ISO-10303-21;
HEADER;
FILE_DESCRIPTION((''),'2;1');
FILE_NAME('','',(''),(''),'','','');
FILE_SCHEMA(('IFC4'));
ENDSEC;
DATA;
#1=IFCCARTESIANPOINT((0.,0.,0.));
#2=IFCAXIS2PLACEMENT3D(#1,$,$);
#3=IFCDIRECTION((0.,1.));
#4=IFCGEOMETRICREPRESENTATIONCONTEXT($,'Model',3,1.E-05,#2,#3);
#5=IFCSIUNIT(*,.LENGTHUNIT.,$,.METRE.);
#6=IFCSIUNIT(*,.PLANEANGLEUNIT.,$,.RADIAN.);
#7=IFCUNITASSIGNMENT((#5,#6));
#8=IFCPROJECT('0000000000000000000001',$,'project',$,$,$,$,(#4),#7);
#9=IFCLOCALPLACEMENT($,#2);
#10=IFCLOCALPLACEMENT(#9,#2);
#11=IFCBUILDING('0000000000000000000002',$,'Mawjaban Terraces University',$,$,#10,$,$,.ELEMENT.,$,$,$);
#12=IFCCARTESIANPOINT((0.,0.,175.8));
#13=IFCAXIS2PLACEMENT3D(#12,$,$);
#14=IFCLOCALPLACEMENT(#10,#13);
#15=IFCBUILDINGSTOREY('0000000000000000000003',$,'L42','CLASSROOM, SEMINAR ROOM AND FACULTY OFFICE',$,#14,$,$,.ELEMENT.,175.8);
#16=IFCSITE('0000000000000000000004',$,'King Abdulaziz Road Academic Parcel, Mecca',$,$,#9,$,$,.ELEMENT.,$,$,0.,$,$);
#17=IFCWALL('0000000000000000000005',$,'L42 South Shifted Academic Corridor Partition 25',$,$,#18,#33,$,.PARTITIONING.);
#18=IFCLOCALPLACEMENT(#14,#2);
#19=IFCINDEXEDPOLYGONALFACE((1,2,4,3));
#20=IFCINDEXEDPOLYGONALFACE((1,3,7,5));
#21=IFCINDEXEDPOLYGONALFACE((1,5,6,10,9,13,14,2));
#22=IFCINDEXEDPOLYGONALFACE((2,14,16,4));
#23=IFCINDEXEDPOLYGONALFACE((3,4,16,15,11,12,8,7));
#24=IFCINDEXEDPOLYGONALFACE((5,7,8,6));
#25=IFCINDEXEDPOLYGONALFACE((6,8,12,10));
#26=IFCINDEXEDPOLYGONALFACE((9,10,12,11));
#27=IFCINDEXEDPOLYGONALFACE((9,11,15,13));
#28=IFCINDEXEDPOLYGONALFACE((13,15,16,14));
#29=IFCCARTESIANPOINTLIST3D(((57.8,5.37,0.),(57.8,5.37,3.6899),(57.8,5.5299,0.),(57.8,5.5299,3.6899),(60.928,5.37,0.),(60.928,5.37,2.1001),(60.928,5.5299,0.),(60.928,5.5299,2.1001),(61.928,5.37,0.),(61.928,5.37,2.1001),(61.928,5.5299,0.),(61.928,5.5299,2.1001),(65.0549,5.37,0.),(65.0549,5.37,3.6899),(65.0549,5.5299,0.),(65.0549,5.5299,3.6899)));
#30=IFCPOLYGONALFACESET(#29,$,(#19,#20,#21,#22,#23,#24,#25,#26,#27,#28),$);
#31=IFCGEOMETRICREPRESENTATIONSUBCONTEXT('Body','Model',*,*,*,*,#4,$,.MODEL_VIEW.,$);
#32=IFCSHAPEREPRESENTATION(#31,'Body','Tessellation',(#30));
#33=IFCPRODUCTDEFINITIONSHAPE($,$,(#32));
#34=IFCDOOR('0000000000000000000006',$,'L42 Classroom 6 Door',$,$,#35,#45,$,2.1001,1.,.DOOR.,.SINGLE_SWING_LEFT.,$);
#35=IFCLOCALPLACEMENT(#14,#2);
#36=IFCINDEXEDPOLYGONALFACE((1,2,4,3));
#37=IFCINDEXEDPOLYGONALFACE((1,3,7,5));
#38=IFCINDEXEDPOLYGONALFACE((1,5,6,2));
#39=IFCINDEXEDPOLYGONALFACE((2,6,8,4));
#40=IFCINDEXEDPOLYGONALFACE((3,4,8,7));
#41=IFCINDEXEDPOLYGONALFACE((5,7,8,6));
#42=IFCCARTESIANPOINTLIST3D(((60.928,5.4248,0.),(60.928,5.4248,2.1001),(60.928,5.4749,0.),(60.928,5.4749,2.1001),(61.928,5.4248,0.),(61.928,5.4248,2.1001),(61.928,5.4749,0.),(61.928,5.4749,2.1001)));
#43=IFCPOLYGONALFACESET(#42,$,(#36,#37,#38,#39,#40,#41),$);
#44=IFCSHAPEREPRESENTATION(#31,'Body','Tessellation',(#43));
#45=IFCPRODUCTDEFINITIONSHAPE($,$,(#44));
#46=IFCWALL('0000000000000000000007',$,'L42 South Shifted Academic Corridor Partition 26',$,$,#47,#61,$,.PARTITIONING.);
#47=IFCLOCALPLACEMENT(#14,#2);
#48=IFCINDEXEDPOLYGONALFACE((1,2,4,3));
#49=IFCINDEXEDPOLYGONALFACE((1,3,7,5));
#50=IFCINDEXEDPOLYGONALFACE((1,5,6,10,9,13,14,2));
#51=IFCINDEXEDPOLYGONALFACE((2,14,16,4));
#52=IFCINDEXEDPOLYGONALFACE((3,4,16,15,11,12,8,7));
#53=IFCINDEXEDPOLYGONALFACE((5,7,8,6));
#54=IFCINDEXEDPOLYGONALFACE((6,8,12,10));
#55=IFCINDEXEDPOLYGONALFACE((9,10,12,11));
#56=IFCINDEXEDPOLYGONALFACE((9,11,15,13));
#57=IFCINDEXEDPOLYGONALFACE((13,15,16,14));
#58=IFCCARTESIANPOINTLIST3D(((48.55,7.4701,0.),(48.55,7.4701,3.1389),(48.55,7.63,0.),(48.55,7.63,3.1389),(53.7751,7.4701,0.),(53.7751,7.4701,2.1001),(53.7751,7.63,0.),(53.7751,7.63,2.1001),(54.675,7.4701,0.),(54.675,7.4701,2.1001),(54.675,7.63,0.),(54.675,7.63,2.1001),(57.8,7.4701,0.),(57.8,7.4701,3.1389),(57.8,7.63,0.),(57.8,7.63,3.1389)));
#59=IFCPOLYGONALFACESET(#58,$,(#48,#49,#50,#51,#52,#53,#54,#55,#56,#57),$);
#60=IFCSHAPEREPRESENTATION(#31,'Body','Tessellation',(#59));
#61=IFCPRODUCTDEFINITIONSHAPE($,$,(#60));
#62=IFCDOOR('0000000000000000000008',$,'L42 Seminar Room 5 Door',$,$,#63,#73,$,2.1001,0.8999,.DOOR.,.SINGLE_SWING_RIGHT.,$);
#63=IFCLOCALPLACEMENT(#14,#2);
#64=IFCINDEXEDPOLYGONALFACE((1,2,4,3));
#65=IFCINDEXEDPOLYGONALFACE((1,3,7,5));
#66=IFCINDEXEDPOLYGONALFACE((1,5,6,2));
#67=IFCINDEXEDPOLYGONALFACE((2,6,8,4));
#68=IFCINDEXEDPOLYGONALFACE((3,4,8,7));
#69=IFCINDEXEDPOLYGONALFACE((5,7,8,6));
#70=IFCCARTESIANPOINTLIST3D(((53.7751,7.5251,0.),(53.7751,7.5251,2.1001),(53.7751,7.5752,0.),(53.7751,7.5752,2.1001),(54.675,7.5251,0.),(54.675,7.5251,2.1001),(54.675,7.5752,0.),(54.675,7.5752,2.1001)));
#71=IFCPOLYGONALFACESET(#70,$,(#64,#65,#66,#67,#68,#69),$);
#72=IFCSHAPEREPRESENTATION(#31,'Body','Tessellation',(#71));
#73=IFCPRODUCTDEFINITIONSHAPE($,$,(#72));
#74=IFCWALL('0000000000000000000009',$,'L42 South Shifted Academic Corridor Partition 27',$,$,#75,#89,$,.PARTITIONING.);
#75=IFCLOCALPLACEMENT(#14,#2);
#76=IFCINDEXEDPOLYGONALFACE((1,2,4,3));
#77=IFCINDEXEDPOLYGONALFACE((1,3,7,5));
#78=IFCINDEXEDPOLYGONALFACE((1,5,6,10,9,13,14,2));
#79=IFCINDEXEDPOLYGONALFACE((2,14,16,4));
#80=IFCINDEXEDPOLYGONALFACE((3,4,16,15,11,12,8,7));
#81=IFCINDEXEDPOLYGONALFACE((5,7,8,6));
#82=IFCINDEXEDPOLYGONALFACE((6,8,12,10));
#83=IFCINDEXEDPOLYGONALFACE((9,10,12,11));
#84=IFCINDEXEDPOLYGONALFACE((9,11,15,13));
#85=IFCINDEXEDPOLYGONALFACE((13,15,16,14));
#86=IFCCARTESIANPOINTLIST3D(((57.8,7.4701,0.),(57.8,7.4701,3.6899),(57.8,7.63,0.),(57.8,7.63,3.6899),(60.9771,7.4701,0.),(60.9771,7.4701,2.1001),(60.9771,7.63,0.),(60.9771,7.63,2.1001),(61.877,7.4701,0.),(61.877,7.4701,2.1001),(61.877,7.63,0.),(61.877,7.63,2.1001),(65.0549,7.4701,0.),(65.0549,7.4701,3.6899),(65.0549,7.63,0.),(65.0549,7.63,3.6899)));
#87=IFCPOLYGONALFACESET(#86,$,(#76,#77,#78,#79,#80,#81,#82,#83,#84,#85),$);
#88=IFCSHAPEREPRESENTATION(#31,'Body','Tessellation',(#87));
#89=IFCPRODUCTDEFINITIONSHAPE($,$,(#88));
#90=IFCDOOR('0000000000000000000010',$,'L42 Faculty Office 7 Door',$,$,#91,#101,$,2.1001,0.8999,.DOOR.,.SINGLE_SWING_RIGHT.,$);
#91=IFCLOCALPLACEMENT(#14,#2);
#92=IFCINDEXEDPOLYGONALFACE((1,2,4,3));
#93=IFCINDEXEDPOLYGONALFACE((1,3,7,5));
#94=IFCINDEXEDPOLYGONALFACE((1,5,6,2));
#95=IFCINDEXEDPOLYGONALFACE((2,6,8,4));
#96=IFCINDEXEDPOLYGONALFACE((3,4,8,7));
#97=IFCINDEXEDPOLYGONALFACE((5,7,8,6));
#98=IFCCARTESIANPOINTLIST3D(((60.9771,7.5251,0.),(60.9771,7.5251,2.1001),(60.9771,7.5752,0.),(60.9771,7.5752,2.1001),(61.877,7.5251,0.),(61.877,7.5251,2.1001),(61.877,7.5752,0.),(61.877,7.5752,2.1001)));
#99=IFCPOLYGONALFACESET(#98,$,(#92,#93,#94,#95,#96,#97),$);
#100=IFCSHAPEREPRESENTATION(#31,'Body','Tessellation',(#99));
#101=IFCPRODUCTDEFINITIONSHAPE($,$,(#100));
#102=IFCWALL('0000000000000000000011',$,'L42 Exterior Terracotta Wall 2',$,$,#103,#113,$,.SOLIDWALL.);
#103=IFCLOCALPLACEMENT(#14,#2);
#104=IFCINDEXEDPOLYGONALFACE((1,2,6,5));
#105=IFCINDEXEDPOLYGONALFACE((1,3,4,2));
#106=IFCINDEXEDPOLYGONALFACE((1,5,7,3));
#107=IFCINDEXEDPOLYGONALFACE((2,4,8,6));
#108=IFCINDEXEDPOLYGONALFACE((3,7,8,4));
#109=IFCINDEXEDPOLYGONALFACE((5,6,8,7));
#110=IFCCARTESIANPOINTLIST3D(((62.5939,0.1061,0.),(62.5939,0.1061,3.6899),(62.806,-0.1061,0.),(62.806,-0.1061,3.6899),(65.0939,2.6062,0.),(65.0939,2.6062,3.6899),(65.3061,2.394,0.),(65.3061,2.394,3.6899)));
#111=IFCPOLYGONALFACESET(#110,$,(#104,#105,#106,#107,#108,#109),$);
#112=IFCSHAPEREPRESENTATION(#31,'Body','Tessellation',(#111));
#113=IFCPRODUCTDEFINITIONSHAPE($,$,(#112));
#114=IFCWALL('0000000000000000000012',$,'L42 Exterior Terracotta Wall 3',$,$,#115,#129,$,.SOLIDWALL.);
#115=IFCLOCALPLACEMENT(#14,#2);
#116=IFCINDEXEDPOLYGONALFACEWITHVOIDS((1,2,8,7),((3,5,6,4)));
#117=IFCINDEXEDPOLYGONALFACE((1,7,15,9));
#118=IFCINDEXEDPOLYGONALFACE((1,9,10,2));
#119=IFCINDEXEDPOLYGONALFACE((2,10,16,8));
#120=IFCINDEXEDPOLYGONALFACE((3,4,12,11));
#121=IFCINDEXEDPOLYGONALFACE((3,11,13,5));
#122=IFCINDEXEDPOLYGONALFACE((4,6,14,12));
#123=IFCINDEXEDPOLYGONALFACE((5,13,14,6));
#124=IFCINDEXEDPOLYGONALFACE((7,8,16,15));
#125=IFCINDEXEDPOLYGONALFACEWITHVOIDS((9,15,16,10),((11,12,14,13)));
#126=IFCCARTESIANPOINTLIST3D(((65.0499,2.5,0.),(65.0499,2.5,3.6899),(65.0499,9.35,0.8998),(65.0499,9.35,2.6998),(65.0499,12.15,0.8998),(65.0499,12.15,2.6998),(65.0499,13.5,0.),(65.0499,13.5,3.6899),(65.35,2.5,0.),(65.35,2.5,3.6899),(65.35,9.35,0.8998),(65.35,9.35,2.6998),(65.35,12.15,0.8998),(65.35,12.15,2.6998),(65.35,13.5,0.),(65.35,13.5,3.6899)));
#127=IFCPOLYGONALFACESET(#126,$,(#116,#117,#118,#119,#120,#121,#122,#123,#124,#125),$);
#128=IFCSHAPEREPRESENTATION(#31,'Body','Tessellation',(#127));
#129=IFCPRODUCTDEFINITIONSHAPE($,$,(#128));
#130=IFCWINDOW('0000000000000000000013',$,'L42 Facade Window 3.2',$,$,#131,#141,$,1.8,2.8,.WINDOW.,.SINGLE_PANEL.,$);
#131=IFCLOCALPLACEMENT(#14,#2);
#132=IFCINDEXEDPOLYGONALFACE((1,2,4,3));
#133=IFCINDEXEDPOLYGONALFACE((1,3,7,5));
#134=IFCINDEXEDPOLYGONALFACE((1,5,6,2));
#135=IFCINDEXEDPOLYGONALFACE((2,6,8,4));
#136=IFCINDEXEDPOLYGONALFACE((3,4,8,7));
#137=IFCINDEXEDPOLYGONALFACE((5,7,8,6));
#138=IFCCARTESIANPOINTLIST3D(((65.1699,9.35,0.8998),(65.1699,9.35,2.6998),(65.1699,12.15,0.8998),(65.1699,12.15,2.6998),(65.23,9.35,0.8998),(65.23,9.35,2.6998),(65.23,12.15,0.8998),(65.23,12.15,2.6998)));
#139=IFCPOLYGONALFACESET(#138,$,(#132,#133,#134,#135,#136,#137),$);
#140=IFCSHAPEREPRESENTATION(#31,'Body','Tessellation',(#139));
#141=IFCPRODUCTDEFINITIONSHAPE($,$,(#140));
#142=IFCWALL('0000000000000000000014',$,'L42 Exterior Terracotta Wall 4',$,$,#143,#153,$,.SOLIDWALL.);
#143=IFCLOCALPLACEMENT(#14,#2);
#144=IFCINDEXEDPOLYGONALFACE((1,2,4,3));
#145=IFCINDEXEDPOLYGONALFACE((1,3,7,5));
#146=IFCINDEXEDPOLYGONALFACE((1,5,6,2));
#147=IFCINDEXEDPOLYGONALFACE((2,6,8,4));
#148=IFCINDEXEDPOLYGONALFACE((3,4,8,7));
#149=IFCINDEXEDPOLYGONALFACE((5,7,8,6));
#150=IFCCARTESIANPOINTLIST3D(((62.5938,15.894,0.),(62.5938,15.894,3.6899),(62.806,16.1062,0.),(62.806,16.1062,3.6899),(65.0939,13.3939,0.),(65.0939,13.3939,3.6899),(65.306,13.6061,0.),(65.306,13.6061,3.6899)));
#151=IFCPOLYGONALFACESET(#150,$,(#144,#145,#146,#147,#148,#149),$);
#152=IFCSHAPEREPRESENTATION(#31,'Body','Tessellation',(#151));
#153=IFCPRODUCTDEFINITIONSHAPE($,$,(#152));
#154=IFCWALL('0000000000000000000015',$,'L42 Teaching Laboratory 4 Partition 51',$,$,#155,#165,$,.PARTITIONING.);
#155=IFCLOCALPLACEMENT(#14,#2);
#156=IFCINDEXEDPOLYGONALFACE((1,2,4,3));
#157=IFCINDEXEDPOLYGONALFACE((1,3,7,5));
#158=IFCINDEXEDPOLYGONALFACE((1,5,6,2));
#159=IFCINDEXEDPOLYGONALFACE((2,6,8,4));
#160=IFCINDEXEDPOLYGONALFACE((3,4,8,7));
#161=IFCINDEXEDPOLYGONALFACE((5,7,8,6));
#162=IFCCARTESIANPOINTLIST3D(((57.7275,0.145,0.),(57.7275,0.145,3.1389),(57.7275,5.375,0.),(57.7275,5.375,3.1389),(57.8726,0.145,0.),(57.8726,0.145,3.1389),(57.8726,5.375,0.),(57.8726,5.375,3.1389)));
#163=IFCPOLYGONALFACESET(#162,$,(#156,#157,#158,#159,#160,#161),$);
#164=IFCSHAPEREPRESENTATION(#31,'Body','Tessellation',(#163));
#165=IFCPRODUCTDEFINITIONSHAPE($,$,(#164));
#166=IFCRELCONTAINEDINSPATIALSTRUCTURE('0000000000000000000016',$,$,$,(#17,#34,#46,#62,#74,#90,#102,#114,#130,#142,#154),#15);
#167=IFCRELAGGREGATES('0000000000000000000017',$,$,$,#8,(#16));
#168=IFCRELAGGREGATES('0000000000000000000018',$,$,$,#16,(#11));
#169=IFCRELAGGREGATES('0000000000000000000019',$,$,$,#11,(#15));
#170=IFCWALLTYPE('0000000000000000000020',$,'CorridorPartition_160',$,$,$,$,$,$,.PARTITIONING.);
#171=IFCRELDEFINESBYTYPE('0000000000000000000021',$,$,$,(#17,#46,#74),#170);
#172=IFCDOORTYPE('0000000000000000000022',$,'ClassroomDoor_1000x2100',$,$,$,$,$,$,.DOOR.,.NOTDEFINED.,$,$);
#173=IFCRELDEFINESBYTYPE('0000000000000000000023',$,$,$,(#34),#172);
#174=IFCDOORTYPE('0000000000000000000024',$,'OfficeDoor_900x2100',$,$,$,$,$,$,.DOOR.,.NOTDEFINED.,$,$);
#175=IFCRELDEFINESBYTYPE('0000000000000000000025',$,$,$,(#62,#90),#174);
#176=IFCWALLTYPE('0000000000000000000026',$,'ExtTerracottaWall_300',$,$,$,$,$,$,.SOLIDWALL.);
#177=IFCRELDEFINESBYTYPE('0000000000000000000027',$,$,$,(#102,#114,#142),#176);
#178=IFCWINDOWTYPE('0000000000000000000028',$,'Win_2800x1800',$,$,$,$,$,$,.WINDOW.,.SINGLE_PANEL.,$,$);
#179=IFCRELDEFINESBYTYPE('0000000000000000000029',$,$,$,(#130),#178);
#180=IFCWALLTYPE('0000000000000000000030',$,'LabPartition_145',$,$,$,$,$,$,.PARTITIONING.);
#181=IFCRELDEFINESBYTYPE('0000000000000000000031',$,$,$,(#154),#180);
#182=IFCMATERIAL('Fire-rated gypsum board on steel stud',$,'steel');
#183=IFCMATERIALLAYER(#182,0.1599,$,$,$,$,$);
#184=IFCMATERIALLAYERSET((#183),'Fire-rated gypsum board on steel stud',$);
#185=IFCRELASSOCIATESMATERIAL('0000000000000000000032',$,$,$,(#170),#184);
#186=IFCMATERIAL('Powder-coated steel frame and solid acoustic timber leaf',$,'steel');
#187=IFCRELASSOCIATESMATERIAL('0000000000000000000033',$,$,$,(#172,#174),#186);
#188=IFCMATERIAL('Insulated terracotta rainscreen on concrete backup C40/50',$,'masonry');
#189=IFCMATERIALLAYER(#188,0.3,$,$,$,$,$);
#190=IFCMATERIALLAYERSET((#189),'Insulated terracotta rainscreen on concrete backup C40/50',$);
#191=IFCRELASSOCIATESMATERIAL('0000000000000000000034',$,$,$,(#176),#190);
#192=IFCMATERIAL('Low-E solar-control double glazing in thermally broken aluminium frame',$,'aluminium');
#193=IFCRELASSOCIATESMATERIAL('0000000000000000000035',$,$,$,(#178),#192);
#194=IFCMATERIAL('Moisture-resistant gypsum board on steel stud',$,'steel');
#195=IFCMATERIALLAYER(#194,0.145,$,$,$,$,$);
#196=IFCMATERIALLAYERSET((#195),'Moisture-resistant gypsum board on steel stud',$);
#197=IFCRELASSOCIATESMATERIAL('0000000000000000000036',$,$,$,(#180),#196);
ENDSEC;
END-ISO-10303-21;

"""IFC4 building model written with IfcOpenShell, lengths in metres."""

from ifc_helpers import new_model, si_unit, direction, frame, frame_2d, origin, place, context, subcontext, project, spatial, rectangle, extrude, material, layer, layer_set, type_object, element, fill, save


model = new_model("IFC4")

# Units and contexts
model_context = context("Model", 3, precision=1e-05, world=origin(), true_north=direction((0.0, 1.0)))
body_context = subcontext(model_context, "Body", "Model", "MODEL_VIEW")
ifc_project = project(units=[si_unit("LENGTHUNIT", "METRE"), si_unit("PLANEANGLEUNIT", "RADIAN")], contexts=[model_context])

# Site, building, storey
site_placement = place(None, origin())
site = spatial("IfcSite", under=ifc_project, at=site_placement, Name="King Abdulaziz Road Academic Parcel, Mecca", CompositionType="ELEMENT", RefElevation=0.0)
building_placement = place(site_placement, origin())
building = spatial("IfcBuilding", under=site, at=building_placement, Name="Mawjaban Terraces University", CompositionType="ELEMENT")
storey_placement = place(building_placement, frame((0.0, 0.0, 175.8)))
storey = spatial("IfcBuildingStorey", under=building, at=storey_placement, Name="L42", Description="CLASSROOM, SEMINAR ROOM AND FACULTY OFFICE", CompositionType="ELEMENT", Elevation=175.8)

# Walls, openings, doors
ifc_material_1 = material(Name="Fire-rated gypsum board on steel stud", Category="steel")
ifc_layer_1 = layer(ifc_material_1, 0.1599)
ifc_layer_set_1 = layer_set([ifc_layer_1], Name="Fire-rated gypsum board on steel stud")
wall_type_1 = type_object("IfcWallType", Name="CorridorPartition_160", PredefinedType="PARTITIONING", material=ifc_layer_set_1)
wall_1_placement = place(storey_placement, frame((57.8, 5.45, 0.0), z_axis=(0.0, 0.0, 1.0), x_axis=(1.0, 0.0, 0.0)))
wall_1 = element("IfcWall", 1, at=wall_1_placement, inside=storey, type_object=wall_type_1, Name="L42 South Shifted Academic Corridor Partition 25", PredefinedType="PARTITIONING", context=body_context, shape_type="SweptSolid", body=[
    extrude(rectangle(XDim=7.2549, YDim=0.1599, at=frame_2d((3.6274, 0.0))), origin(), (0.0, 0.0, 1.0), 3.6899),
])
opening_1_placement = place(wall_1_placement, frame((3.1279, 0.0, 0.0)))
opening_1 = element("IfcOpeningElement", 2, at=opening_1_placement, cuts=wall_1, PredefinedType="OPENING", context=body_context, shape_type="SweptSolid", body=[
    extrude(rectangle(XDim=1.0, YDim=2.1001, at=frame_2d((0.5, 1.05))), frame((0.0, 0.0898, 0.0), z_axis=(0.0, -1.0, 0.0), x_axis=(1.0, 0.0, 0.0)), (0.0, 0.0, 1.0), 0.1799),
])
ifc_material_2 = material(Name="Powder-coated steel frame and solid acoustic timber leaf", Category="steel")
door_type_1 = type_object("IfcDoorType", Name="ClassroomDoor_1000x2100", OperationType="NOTDEFINED", PredefinedType="DOOR", material=ifc_material_2)
door_1_placement = place(opening_1_placement, origin())
door_1 = element("IfcDoor", 3, at=door_1_placement, inside=storey, type_object=door_type_1, Name="L42 Classroom 6 Door", OperationType="SINGLE_SWING_LEFT", OverallHeight=2.1001, OverallWidth=1.0, PredefinedType="DOOR", context=body_context, shape_type="SweptSolid", body=[
    extrude(rectangle(XDim=1.0, YDim=2.1001, at=frame_2d((0.5, 1.05))), frame((0.0, 0.0249, 0.0), z_axis=(0.0, -1.0, 0.0), x_axis=(1.0, 0.0, 0.0)), (0.0, 0.0, 1.0), 0.05),
])
fill(opening_1, door_1)
wall_2_placement = place(storey_placement, frame((57.8, 7.55, 0.0), z_axis=(0.0, 0.0, 1.0), x_axis=(-1.0, 0.0, 0.0)))
wall_2 = element("IfcWall", 4, at=wall_2_placement, inside=storey, type_object=wall_type_1, Name="L42 South Shifted Academic Corridor Partition 26", PredefinedType="PARTITIONING", context=body_context, shape_type="SweptSolid", body=[
    extrude(rectangle(XDim=9.25, YDim=0.1599, at=frame_2d((4.625, 0.0))), origin(), (0.0, 0.0, 1.0), 3.1389),
])
opening_2_placement = place(wall_2_placement, frame((3.125, 0.0, 0.0)))
opening_2 = element("IfcOpeningElement", 5, at=opening_2_placement, cuts=wall_2, PredefinedType="OPENING", context=body_context, shape_type="SweptSolid", body=[
    extrude(rectangle(XDim=0.8999, YDim=2.1001, at=frame_2d((0.45, 1.05))), frame((0.0, 0.0898, 0.0), z_axis=(0.0, -1.0, 0.0), x_axis=(1.0, 0.0, 0.0)), (0.0, 0.0, 1.0), 0.1799),
])
door_type_2 = type_object("IfcDoorType", Name="OfficeDoor_900x2100", OperationType="NOTDEFINED", PredefinedType="DOOR", material=ifc_material_2)
door_2_placement = place(opening_2_placement, origin())
door_2 = element("IfcDoor", 6, at=door_2_placement, inside=storey, type_object=door_type_2, Name="L42 Seminar Room 5 Door", OperationType="SINGLE_SWING_RIGHT", OverallHeight=2.1001, OverallWidth=0.8999, PredefinedType="DOOR", context=body_context, shape_type="SweptSolid", body=[
    extrude(rectangle(XDim=0.8999, YDim=2.1001, at=frame_2d((0.45, 1.05))), frame((0.0, 0.0249, 0.0), z_axis=(0.0, -1.0, 0.0), x_axis=(1.0, 0.0, 0.0)), (0.0, 0.0, 1.0), 0.05),
])
fill(opening_2, door_2)
wall_3_placement = place(storey_placement, frame((65.0549, 7.55, 0.0), z_axis=(0.0, 0.0, 1.0), x_axis=(-1.0, 0.0, 0.0)))
wall_3 = element("IfcWall", 7, at=wall_3_placement, inside=storey, type_object=wall_type_1, Name="L42 South Shifted Academic Corridor Partition 27", PredefinedType="PARTITIONING", context=body_context, shape_type="SweptSolid", body=[
    extrude(rectangle(XDim=7.2549, YDim=0.1599, at=frame_2d((3.6274, 0.0))), origin(), (0.0, 0.0, 1.0), 3.6899),
])
opening_3_placement = place(wall_3_placement, frame((3.178, 0.0, 0.0)))
opening_3 = element("IfcOpeningElement", 8, at=opening_3_placement, cuts=wall_3, PredefinedType="OPENING", context=body_context, shape_type="SweptSolid", body=[
    extrude(rectangle(XDim=0.8999, YDim=2.1001, at=frame_2d((0.45, 1.05))), frame((0.0, 0.0898, 0.0), z_axis=(0.0, -1.0, 0.0), x_axis=(1.0, 0.0, 0.0)), (0.0, 0.0, 1.0), 0.1799),
])
door_3_placement = place(opening_3_placement, origin())
door_3 = element("IfcDoor", 9, at=door_3_placement, inside=storey, type_object=door_type_2, Name="L42 Faculty Office 7 Door", OperationType="SINGLE_SWING_RIGHT", OverallHeight=2.1001, OverallWidth=0.8999, PredefinedType="DOOR", context=body_context, shape_type="SweptSolid", body=[
    extrude(rectangle(XDim=0.8999, YDim=2.1001, at=frame_2d((0.45, 1.05))), frame((0.0, 0.0249, 0.0), z_axis=(0.0, -1.0, 0.0), x_axis=(1.0, 0.0, 0.0)), (0.0, 0.0, 1.0), 0.05),
])
fill(opening_3, door_3)

# Wall
ifc_material_3 = material(Name="Insulated terracotta rainscreen on concrete backup C40/50", Category="masonry")
ifc_layer_2 = layer(ifc_material_3, 0.3)
ifc_layer_set_2 = layer_set([ifc_layer_2], Name="Insulated terracotta rainscreen on concrete backup C40/50")
wall_type_2 = type_object("IfcWallType", Name="ExtTerracottaWall_300", PredefinedType="SOLIDWALL", material=ifc_layer_set_2)
wall_4_placement = place(storey_placement, frame((62.7, 0.0, 0.0), z_axis=(0.0, 0.0, 1.0), x_axis=(0.707107, 0.707107, 0.0)))
element("IfcWall", 10, at=wall_4_placement, inside=storey, type_object=wall_type_2, Name="L42 Exterior Terracotta Wall 2", PredefinedType="SOLIDWALL", context=body_context, shape_type="SweptSolid", body=[
    extrude(rectangle(XDim=3.5356, YDim=0.3, at=frame_2d((1.7678, 0.0))), origin(), (0.0, 0.0, 1.0), 3.6899),
])

# Wall, opening, window
wall_5_placement = place(storey_placement, frame((65.2, 2.5, 0.0), z_axis=(0.0, 0.0, 1.0), x_axis=(0.0, 1.0, 0.0)))
wall_5 = element("IfcWall", 11, at=wall_5_placement, inside=storey, type_object=wall_type_2, Name="L42 Exterior Terracotta Wall 3", PredefinedType="SOLIDWALL", context=body_context, shape_type="SweptSolid", body=[
    extrude(rectangle(XDim=11.0, YDim=0.3, at=frame_2d((5.5, 0.0))), origin(), (0.0, 0.0, 1.0), 3.6899),
])
opening_4_placement = place(wall_5_placement, frame((6.8501, 0.0, 0.8999)))
opening_4 = element("IfcOpeningElement", 12, at=opening_4_placement, cuts=wall_5, PredefinedType="OPENING", context=body_context, shape_type="SweptSolid", body=[
    extrude(rectangle(XDim=2.8, YDim=1.8, at=frame_2d((1.3999, 0.8999))), frame((0.0, 0.1599, 0.0), z_axis=(0.0, -1.0, 0.0), x_axis=(1.0, 0.0, 0.0)), (0.0, 0.0, 1.0), 0.3201),
])
ifc_material_4 = material(Name="Low-E solar-control double glazing in thermally broken aluminium frame", Category="aluminium")
window_type = type_object("IfcWindowType", Name="Win_2800x1800", PartitioningType="SINGLE_PANEL", PredefinedType="WINDOW", material=ifc_material_4)
window_placement = place(opening_4_placement, origin())
window = element("IfcWindow", 13, at=window_placement, inside=storey, type_object=window_type, Name="L42 Facade Window 3.2", OverallHeight=1.8, OverallWidth=2.8, PartitioningType="SINGLE_PANEL", PredefinedType="WINDOW", context=body_context, shape_type="SweptSolid", body=[
    extrude(rectangle(XDim=2.8, YDim=1.8, at=frame_2d((1.3999, 0.8999))), frame((0.0, 0.03, 0.0), z_axis=(0.0, -1.0, 0.0), x_axis=(1.0, 0.0, 0.0)), (0.0, 0.0, 1.0), 0.0601),
])
fill(opening_4, window)

# Walls
wall_6_placement = place(storey_placement, frame((65.2, 13.5, 0.0), z_axis=(0.0, 0.0, 1.0), x_axis=(-0.707107, 0.707107, 0.0)))
element("IfcWall", 14, at=wall_6_placement, inside=storey, type_object=wall_type_2, Name="L42 Exterior Terracotta Wall 4", PredefinedType="SOLIDWALL", context=body_context, shape_type="SweptSolid", body=[
    extrude(rectangle(XDim=3.5356, YDim=0.3, at=frame_2d((1.7678, 0.0))), origin(), (0.0, 0.0, 1.0), 3.6899),
])
ifc_material_5 = material(Name="Moisture-resistant gypsum board on steel stud", Category="steel")
ifc_layer_3 = layer(ifc_material_5, 0.145)
ifc_layer_set_3 = layer_set([ifc_layer_3], Name="Moisture-resistant gypsum board on steel stud")
wall_type_3 = type_object("IfcWallType", Name="LabPartition_145", PredefinedType="PARTITIONING", material=ifc_layer_set_3)
wall_7_placement = place(storey_placement, frame((57.8, 0.145, 0.0), z_axis=(0.0, 0.0, 1.0), x_axis=(0.0, 1.0, 0.0)))
element("IfcWall", 15, at=wall_7_placement, inside=storey, type_object=wall_type_3, Name="L42 Teaching Laboratory 4 Partition 51", PredefinedType="PARTITIONING", context=body_context, shape_type="SweptSolid", body=[
    extrude(rectangle(XDim=5.23, YDim=0.145, at=frame_2d((2.615, 0.0))), origin(), (0.0, 0.0, 1.0), 3.1389),
])

save(model, "model.ifc")
